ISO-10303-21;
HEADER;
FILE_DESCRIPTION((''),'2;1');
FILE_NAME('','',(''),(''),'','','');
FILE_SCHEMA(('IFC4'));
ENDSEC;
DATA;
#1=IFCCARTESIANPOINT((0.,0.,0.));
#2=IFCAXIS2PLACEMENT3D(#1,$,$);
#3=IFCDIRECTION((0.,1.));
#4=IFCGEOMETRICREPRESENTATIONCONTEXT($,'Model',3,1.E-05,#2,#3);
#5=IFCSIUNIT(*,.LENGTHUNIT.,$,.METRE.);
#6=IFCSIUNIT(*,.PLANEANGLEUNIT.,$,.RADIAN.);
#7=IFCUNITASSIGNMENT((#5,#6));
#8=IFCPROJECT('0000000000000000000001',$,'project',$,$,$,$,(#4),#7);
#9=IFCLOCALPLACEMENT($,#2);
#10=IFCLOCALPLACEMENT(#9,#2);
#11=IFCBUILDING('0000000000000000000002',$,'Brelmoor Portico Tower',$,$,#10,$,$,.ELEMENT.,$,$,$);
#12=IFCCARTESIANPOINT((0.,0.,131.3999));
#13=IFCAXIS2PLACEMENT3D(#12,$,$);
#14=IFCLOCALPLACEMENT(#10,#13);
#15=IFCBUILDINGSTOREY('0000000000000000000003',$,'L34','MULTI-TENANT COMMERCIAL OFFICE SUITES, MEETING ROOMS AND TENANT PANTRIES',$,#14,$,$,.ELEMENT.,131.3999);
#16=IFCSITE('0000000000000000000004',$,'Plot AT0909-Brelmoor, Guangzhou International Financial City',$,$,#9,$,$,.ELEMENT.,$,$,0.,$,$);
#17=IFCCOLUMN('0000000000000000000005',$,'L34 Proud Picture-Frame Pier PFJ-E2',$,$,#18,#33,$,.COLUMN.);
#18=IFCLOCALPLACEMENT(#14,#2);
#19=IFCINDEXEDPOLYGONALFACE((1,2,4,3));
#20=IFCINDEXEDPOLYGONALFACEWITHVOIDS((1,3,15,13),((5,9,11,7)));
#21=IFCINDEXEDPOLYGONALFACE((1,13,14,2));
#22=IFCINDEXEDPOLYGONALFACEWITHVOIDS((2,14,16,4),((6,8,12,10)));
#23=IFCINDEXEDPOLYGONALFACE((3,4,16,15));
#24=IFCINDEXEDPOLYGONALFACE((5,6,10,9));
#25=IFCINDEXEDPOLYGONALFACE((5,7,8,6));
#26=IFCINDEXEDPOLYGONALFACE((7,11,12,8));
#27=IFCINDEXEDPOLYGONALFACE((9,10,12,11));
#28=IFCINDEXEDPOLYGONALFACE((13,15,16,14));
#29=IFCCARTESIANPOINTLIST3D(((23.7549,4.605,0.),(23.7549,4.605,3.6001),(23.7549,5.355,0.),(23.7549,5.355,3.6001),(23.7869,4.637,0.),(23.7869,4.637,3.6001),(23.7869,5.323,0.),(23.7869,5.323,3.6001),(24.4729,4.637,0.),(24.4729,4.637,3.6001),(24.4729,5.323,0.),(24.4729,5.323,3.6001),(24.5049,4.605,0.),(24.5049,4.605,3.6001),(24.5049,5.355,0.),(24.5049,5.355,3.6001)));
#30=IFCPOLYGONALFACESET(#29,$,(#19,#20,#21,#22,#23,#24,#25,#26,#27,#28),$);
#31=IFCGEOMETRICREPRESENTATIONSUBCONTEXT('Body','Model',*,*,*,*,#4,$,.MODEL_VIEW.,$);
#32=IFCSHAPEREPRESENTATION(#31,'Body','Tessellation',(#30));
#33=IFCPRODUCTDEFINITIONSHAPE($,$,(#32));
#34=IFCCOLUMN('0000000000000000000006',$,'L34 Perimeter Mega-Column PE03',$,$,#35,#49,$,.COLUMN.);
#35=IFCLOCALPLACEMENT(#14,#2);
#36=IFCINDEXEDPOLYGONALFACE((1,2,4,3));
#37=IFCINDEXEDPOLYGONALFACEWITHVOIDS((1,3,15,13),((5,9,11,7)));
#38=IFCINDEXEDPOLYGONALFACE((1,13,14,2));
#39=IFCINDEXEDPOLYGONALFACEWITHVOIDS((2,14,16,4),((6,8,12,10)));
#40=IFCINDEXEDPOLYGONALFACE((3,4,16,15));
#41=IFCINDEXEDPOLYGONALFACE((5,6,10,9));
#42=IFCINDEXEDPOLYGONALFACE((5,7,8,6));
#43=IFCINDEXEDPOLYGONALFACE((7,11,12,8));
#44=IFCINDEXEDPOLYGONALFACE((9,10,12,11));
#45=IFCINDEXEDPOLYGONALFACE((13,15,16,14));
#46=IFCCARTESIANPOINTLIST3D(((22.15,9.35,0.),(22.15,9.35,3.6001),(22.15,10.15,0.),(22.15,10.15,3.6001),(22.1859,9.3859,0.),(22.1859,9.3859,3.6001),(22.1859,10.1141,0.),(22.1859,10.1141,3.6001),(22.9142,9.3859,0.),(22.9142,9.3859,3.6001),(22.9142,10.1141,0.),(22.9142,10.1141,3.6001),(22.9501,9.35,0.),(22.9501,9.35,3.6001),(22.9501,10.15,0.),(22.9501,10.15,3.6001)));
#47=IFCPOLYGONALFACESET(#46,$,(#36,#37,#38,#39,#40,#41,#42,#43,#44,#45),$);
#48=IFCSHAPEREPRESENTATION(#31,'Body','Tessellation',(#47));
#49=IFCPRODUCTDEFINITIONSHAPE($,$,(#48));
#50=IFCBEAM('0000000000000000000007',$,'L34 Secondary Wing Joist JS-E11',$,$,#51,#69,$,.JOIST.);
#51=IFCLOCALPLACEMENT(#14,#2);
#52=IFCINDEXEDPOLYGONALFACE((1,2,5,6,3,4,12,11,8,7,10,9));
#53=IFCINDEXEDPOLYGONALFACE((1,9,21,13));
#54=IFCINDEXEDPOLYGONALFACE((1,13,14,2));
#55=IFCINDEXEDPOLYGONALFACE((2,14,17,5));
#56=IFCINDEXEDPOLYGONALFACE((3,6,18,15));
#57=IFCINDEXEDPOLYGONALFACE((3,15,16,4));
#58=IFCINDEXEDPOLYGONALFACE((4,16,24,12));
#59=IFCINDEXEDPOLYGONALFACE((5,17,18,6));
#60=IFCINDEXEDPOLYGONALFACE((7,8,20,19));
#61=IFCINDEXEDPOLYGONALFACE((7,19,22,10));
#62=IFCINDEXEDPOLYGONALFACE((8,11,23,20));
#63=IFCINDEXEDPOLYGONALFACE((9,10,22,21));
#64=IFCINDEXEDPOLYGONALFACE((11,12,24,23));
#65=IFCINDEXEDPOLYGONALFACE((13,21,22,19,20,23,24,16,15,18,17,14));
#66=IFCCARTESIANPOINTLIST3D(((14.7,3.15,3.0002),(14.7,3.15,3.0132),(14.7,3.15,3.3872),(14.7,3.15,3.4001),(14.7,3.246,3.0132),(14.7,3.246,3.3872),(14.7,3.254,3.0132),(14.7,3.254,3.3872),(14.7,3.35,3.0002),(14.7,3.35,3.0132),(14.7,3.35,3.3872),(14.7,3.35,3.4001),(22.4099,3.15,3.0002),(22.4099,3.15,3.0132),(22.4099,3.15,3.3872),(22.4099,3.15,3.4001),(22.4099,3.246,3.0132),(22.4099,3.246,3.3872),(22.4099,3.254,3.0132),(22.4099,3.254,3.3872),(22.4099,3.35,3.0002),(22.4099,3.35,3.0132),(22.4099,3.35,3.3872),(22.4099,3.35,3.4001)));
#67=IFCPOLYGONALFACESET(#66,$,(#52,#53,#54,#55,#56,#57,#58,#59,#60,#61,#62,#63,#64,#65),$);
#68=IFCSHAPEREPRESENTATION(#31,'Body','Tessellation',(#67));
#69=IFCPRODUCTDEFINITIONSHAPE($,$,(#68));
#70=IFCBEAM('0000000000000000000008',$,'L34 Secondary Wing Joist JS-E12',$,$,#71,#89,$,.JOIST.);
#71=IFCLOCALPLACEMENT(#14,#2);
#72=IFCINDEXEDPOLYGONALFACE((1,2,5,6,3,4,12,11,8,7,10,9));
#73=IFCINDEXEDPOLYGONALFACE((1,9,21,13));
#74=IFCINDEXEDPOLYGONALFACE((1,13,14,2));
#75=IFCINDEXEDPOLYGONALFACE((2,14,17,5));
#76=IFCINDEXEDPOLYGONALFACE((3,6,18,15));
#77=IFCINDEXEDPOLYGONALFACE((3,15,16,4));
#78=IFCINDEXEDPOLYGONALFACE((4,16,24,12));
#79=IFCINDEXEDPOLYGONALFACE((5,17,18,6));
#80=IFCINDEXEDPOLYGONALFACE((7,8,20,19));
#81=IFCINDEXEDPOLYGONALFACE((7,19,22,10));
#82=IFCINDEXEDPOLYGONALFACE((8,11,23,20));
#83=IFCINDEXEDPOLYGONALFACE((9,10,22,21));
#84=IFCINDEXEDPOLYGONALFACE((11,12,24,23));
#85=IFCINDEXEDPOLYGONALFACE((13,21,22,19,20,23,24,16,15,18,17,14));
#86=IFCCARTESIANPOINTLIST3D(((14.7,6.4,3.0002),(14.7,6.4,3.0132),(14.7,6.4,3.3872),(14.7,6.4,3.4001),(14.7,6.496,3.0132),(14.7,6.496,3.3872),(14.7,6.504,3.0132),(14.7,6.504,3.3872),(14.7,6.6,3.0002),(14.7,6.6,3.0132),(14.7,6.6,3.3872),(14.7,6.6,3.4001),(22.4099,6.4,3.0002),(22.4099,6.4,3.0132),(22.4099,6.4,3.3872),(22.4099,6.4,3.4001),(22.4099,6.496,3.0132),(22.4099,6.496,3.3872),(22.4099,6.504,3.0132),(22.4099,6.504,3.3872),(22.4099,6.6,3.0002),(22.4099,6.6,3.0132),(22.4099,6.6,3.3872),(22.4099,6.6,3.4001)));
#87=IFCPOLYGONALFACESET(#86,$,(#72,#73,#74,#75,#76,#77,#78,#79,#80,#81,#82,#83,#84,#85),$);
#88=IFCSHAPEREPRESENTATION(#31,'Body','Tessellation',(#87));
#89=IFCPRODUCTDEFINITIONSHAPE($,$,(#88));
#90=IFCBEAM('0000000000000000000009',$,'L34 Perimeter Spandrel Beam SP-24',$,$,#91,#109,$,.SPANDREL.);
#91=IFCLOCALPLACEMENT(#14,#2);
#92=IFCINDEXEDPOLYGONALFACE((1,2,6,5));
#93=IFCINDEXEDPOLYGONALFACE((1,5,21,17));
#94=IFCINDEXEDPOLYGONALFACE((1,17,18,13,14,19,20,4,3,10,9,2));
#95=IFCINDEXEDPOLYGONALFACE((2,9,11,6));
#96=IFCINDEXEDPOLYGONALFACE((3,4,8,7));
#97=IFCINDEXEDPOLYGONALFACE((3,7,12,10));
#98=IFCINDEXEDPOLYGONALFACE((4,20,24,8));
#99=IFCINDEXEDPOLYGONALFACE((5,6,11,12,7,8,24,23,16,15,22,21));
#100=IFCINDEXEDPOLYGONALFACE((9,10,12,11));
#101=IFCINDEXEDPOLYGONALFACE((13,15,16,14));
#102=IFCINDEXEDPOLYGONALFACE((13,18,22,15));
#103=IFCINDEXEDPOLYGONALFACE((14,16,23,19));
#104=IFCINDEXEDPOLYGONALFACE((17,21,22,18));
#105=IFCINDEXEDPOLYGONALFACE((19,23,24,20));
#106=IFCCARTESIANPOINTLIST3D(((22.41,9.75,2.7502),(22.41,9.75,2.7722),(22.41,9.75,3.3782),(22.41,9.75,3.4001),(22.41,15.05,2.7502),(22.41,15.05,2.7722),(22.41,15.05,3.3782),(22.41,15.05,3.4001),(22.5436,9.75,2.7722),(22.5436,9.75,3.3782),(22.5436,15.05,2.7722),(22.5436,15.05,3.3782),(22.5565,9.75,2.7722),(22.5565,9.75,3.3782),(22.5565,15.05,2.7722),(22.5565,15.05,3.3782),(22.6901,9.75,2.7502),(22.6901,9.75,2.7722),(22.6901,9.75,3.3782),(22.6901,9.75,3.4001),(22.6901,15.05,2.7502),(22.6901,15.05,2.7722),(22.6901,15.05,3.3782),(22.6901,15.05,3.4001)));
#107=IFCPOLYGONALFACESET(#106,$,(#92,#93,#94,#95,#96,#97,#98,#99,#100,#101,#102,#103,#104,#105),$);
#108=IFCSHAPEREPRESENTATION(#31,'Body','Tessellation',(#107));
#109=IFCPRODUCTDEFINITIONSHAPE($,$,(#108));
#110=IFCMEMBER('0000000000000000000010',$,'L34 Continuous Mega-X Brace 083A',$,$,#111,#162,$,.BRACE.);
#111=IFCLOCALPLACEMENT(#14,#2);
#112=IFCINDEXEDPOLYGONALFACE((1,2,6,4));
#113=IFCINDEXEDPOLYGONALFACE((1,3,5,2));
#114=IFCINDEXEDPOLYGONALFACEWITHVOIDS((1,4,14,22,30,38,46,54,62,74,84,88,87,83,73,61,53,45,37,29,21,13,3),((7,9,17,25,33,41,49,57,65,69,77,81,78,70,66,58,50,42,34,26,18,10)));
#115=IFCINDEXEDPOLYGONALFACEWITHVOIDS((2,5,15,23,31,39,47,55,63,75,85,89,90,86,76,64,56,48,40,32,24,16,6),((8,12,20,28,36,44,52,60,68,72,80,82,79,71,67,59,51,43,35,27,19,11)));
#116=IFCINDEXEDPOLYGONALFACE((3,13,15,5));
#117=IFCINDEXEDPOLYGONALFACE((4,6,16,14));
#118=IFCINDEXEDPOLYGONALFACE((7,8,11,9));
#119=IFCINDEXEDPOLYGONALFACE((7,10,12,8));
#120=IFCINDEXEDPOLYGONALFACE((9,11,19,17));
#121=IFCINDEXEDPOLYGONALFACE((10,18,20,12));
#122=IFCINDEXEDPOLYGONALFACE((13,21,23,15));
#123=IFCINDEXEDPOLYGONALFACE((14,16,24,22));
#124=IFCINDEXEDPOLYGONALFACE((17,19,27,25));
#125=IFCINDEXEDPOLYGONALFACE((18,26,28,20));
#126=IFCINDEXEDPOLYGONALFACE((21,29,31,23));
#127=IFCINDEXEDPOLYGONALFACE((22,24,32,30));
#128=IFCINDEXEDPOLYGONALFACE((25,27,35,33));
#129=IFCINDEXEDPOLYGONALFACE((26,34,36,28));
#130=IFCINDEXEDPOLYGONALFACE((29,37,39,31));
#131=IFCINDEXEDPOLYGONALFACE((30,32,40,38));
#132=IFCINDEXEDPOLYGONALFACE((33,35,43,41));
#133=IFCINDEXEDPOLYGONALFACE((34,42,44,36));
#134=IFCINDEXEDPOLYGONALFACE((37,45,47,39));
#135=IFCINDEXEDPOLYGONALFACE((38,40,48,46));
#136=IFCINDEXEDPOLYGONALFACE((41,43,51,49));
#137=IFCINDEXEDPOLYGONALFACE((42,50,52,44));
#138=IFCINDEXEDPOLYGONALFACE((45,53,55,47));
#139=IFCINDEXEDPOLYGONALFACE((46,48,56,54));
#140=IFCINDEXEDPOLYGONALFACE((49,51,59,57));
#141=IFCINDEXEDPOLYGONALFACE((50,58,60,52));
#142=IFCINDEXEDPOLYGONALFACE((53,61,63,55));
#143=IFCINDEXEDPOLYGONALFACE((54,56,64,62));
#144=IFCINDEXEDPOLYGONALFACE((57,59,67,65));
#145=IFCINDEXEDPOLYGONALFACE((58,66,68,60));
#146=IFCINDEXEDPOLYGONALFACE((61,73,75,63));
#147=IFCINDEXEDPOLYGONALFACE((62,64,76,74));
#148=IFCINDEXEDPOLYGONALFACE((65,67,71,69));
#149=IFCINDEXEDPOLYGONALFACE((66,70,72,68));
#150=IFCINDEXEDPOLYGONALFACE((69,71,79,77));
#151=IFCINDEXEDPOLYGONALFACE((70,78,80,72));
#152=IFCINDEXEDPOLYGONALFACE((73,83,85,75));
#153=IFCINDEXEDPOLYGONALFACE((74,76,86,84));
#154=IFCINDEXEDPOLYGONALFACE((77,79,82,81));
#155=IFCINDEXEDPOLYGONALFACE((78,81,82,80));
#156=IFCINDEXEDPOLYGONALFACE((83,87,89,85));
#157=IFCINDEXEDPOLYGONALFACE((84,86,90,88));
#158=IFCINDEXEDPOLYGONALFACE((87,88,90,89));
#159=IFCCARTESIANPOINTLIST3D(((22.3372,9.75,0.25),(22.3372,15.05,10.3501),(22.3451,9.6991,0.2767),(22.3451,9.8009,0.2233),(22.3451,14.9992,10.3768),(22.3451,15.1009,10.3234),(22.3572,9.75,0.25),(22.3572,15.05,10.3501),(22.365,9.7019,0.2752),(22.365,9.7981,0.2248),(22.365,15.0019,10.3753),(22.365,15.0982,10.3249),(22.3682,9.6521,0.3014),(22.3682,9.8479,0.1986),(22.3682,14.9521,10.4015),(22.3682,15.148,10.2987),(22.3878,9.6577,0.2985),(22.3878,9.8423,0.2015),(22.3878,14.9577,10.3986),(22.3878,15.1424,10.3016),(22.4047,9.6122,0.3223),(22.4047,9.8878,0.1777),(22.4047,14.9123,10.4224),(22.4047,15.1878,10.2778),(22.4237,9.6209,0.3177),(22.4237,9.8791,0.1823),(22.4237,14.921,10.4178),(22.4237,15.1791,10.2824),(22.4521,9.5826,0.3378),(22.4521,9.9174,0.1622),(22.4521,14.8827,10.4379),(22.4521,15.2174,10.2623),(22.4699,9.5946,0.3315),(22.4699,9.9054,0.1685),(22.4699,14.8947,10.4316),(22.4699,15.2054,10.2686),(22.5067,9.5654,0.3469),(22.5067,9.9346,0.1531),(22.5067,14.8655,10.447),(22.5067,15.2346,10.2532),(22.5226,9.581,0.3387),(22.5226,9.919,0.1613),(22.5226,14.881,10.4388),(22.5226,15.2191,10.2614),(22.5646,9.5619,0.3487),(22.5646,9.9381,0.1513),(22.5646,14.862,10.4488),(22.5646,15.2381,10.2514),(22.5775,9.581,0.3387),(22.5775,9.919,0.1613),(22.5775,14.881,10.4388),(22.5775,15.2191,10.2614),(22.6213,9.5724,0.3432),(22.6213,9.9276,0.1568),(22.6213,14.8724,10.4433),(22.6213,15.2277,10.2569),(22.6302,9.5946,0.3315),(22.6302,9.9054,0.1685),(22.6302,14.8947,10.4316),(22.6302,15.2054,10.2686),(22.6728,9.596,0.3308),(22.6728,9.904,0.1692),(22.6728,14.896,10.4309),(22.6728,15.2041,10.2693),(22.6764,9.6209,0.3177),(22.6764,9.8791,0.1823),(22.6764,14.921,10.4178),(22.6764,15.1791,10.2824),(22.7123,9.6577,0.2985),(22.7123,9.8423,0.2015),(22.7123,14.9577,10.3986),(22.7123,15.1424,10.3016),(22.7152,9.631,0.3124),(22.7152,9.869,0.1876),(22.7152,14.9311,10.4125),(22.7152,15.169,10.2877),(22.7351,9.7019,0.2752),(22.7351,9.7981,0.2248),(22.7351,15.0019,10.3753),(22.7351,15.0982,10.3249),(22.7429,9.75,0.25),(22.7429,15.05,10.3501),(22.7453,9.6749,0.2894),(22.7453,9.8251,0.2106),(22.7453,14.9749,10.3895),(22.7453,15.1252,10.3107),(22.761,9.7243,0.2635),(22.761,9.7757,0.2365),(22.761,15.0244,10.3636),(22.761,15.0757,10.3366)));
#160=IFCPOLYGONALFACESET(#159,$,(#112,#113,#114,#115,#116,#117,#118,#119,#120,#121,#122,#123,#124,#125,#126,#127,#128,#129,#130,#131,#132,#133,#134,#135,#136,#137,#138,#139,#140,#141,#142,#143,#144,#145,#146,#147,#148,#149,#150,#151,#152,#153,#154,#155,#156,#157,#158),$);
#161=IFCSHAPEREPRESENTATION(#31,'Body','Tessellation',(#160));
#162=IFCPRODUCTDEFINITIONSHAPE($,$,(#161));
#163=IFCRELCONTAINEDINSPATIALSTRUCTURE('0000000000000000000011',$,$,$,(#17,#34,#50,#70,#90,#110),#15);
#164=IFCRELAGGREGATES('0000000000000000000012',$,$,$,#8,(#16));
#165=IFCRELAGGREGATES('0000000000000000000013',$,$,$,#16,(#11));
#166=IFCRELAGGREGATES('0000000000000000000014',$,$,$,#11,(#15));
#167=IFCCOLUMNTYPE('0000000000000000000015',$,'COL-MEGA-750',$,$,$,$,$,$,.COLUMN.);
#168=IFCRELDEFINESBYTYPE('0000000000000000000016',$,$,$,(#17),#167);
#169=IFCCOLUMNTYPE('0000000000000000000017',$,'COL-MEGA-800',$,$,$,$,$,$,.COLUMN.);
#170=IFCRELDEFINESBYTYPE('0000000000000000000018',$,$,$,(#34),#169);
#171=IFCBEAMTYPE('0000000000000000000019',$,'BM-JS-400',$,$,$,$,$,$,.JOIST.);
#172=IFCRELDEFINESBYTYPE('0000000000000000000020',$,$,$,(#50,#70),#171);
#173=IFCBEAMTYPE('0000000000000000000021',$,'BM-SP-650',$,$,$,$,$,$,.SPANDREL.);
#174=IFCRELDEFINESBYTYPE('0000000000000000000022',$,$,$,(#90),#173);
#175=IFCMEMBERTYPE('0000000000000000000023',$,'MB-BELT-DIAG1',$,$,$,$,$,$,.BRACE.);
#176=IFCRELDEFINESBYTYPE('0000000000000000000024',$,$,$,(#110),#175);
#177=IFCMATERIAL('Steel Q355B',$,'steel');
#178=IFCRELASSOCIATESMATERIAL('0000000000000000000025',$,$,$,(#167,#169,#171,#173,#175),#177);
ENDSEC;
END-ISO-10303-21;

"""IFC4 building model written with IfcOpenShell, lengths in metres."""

from ifc_helpers import new_model, si_unit, direction, frame, origin, origin_2d, place, context, subcontext, project, spatial, hollow_rectangle, hollow_circle, i_section, extrude, material, material_profile, profile_set, type_object, element, save


model = new_model("IFC4")

# Units and contexts
model_context = context("Model", 3, precision=1e-05, world=origin(), true_north=direction((0.0, 1.0)))
body_context = subcontext(model_context, "Body", "Model", "MODEL_VIEW")
ifc_project = project(units=[si_unit("LENGTHUNIT", "METRE"), si_unit("PLANEANGLEUNIT", "RADIAN")], contexts=[model_context])

# Site, building, storey
site_placement = place(None, origin())
site = spatial("IfcSite", under=ifc_project, at=site_placement, Name="Plot AT0909-Brelmoor, Guangzhou International Financial City", CompositionType="ELEMENT", RefElevation=0.0)
building_placement = place(site_placement, origin())
building = spatial("IfcBuilding", under=site, at=building_placement, Name="Brelmoor Portico Tower", CompositionType="ELEMENT")
storey_placement = place(building_placement, frame((0.0, 0.0, 131.3999)))
storey = spatial("IfcBuildingStorey", under=building, at=storey_placement, Name="L34", Description="MULTI-TENANT COMMERCIAL OFFICE SUITES, MEETING ROOMS AND TENANT PANTRIES", CompositionType="ELEMENT", Elevation=131.3999)

# Columns
ifc_material_1 = material(Name="Steel Q355B", Category="steel")
ifc_material_profile_1 = material_profile(ifc_material_1, hollow_rectangle(XDim=0.75, YDim=0.75, WallThickness=0.032, at=origin_2d()), Name="BOX 750x750x32")
ifc_profile_set_1 = profile_set([ifc_material_profile_1], Name="Steel Q355B")
column_type_1 = type_object("IfcColumnType", Name="COL-MEGA-750", PredefinedType="COLUMN", material=ifc_profile_set_1)
column_1_placement = place(storey_placement, frame((24.1299, 4.98, 0.0), z_axis=(0.0, 0.0, 1.0), x_axis=(0.0, 1.0, 0.0)))
element("IfcColumn", 1, at=column_1_placement, inside=storey, type_object=column_type_1, Name="L34 Proud Picture-Frame Pier PFJ-E2", PredefinedType="COLUMN", context=body_context, shape_type="SweptSolid", body=[
    extrude(hollow_rectangle(XDim=0.75, YDim=0.75, WallThickness=0.032, at=origin_2d()), origin(), (0.0, 0.0, 1.0), 3.6001),
])
ifc_material_profile_2 = material_profile(ifc_material_1, hollow_rectangle(XDim=0.8, YDim=0.8, WallThickness=0.0359, at=origin_2d()), Name="BOX 800x800x36")
ifc_profile_set_2 = profile_set([ifc_material_profile_2], Name="Steel Q355B")
column_type_2 = type_object("IfcColumnType", Name="COL-MEGA-800", PredefinedType="COLUMN", material=ifc_profile_set_2)
column_2_placement = place(storey_placement, frame((22.55, 9.75, 0.0), z_axis=(0.0, 0.0, 1.0), x_axis=(0.0, 1.0, 0.0)))
element("IfcColumn", 2, at=column_2_placement, inside=storey, type_object=column_type_2, Name="L34 Perimeter Mega-Column PE03", PredefinedType="COLUMN", context=body_context, shape_type="SweptSolid", body=[
    extrude(hollow_rectangle(XDim=0.8, YDim=0.8, WallThickness=0.0359, at=origin_2d()), origin(), (0.0, 0.0, 1.0), 3.6001),
])

# Beams
ifc_material_profile_3 = material_profile(ifc_material_1, i_section(OverallWidth=0.2, OverallDepth=0.3999, WebThickness=0.0081, FlangeThickness=0.0129, at=origin_2d()), Name="HN 400x200x8x13")
ifc_profile_set_3 = profile_set([ifc_material_profile_3], Name="Steel Q355B")
beam_type_1 = type_object("IfcBeamType", Name="BM-JS-400", PredefinedType="JOIST", material=ifc_profile_set_3)
for number, where, z_axis, x_axis, name in (
    (3, (14.7, 3.25, 3.2002), (1.0, 0.0, 0.0), (0.0, 1.0, 0.0), "L34 Secondary Wing Joist JS-E11"),
    (4, (14.7, 6.5, 3.2002), (1.0, 0.0, 0.0), (0.0, 1.0, 0.0), "L34 Secondary Wing Joist JS-E12"),
):
    element("IfcBeam", number, at=place(storey_placement, frame(where, z_axis=z_axis, x_axis=x_axis)), inside=storey, type_object=beam_type_1, Name=name, PredefinedType="JOIST", context=body_context, shape_type="SweptSolid", body=[
        extrude(i_section(OverallWidth=0.2, OverallDepth=0.3999, WebThickness=0.0081, FlangeThickness=0.0129, at=origin_2d()), origin(), (0.0, 0.0, 1.0), 7.71),
    ])
ifc_material_profile_4 = material_profile(ifc_material_1, i_section(OverallWidth=0.28, OverallDepth=0.6499, WebThickness=0.0129, FlangeThickness=0.022, at=origin_2d()), Name="HN 650x280x13x22")
ifc_profile_set_4 = profile_set([ifc_material_profile_4], Name="Steel Q355B")
beam_type_2 = type_object("IfcBeamType", Name="BM-SP-650", PredefinedType="SPANDREL", material=ifc_profile_set_4)
beam_placement = place(storey_placement, frame((22.55, 9.75, 3.0752), z_axis=(0.0, 1.0, 0.0), x_axis=(-1.0, 0.0, 0.0)))
element("IfcBeam", 5, at=beam_placement, inside=storey, type_object=beam_type_2, Name="L34 Perimeter Spandrel Beam SP-24", PredefinedType="SPANDREL", context=body_context, shape_type="SweptSolid", body=[
    extrude(i_section(OverallWidth=0.28, OverallDepth=0.6499, WebThickness=0.0129, FlangeThickness=0.022, at=origin_2d()), origin(), (0.0, 0.0, 1.0), 5.3),
])

# Member
ifc_material_profile_5 = material_profile(ifc_material_1, hollow_circle(Radius=0.2129, WallThickness=0.02, at=origin_2d()), Name="CHS 426x20")
ifc_profile_set_5 = profile_set([ifc_material_profile_5], Name="Steel Q355B")
member_type_1 = type_object("IfcMemberType", Name="MB-BELT-DIAG1", PredefinedType="BRACE", material=ifc_profile_set_5)
member_1_placement = place(storey_placement, frame((22.55, 9.75, 0.25), z_axis=(0.0, 0.464662, 0.885488), x_axis=(-1.0, 0.0, 0.0)))
element("IfcMember", 6, at=member_1_placement, inside=storey, type_object=member_type_1, Name="L34 Continuous Mega-X Brace 083A", PredefinedType="BRACE", context=body_context, shape_type="SweptSolid", body=[
    extrude(hollow_circle(Radius=0.2129, WallThickness=0.02, at=origin_2d()), origin(), (0.0, 0.0, 1.0), 11.4062),
])

save(model, "model.ifc")
